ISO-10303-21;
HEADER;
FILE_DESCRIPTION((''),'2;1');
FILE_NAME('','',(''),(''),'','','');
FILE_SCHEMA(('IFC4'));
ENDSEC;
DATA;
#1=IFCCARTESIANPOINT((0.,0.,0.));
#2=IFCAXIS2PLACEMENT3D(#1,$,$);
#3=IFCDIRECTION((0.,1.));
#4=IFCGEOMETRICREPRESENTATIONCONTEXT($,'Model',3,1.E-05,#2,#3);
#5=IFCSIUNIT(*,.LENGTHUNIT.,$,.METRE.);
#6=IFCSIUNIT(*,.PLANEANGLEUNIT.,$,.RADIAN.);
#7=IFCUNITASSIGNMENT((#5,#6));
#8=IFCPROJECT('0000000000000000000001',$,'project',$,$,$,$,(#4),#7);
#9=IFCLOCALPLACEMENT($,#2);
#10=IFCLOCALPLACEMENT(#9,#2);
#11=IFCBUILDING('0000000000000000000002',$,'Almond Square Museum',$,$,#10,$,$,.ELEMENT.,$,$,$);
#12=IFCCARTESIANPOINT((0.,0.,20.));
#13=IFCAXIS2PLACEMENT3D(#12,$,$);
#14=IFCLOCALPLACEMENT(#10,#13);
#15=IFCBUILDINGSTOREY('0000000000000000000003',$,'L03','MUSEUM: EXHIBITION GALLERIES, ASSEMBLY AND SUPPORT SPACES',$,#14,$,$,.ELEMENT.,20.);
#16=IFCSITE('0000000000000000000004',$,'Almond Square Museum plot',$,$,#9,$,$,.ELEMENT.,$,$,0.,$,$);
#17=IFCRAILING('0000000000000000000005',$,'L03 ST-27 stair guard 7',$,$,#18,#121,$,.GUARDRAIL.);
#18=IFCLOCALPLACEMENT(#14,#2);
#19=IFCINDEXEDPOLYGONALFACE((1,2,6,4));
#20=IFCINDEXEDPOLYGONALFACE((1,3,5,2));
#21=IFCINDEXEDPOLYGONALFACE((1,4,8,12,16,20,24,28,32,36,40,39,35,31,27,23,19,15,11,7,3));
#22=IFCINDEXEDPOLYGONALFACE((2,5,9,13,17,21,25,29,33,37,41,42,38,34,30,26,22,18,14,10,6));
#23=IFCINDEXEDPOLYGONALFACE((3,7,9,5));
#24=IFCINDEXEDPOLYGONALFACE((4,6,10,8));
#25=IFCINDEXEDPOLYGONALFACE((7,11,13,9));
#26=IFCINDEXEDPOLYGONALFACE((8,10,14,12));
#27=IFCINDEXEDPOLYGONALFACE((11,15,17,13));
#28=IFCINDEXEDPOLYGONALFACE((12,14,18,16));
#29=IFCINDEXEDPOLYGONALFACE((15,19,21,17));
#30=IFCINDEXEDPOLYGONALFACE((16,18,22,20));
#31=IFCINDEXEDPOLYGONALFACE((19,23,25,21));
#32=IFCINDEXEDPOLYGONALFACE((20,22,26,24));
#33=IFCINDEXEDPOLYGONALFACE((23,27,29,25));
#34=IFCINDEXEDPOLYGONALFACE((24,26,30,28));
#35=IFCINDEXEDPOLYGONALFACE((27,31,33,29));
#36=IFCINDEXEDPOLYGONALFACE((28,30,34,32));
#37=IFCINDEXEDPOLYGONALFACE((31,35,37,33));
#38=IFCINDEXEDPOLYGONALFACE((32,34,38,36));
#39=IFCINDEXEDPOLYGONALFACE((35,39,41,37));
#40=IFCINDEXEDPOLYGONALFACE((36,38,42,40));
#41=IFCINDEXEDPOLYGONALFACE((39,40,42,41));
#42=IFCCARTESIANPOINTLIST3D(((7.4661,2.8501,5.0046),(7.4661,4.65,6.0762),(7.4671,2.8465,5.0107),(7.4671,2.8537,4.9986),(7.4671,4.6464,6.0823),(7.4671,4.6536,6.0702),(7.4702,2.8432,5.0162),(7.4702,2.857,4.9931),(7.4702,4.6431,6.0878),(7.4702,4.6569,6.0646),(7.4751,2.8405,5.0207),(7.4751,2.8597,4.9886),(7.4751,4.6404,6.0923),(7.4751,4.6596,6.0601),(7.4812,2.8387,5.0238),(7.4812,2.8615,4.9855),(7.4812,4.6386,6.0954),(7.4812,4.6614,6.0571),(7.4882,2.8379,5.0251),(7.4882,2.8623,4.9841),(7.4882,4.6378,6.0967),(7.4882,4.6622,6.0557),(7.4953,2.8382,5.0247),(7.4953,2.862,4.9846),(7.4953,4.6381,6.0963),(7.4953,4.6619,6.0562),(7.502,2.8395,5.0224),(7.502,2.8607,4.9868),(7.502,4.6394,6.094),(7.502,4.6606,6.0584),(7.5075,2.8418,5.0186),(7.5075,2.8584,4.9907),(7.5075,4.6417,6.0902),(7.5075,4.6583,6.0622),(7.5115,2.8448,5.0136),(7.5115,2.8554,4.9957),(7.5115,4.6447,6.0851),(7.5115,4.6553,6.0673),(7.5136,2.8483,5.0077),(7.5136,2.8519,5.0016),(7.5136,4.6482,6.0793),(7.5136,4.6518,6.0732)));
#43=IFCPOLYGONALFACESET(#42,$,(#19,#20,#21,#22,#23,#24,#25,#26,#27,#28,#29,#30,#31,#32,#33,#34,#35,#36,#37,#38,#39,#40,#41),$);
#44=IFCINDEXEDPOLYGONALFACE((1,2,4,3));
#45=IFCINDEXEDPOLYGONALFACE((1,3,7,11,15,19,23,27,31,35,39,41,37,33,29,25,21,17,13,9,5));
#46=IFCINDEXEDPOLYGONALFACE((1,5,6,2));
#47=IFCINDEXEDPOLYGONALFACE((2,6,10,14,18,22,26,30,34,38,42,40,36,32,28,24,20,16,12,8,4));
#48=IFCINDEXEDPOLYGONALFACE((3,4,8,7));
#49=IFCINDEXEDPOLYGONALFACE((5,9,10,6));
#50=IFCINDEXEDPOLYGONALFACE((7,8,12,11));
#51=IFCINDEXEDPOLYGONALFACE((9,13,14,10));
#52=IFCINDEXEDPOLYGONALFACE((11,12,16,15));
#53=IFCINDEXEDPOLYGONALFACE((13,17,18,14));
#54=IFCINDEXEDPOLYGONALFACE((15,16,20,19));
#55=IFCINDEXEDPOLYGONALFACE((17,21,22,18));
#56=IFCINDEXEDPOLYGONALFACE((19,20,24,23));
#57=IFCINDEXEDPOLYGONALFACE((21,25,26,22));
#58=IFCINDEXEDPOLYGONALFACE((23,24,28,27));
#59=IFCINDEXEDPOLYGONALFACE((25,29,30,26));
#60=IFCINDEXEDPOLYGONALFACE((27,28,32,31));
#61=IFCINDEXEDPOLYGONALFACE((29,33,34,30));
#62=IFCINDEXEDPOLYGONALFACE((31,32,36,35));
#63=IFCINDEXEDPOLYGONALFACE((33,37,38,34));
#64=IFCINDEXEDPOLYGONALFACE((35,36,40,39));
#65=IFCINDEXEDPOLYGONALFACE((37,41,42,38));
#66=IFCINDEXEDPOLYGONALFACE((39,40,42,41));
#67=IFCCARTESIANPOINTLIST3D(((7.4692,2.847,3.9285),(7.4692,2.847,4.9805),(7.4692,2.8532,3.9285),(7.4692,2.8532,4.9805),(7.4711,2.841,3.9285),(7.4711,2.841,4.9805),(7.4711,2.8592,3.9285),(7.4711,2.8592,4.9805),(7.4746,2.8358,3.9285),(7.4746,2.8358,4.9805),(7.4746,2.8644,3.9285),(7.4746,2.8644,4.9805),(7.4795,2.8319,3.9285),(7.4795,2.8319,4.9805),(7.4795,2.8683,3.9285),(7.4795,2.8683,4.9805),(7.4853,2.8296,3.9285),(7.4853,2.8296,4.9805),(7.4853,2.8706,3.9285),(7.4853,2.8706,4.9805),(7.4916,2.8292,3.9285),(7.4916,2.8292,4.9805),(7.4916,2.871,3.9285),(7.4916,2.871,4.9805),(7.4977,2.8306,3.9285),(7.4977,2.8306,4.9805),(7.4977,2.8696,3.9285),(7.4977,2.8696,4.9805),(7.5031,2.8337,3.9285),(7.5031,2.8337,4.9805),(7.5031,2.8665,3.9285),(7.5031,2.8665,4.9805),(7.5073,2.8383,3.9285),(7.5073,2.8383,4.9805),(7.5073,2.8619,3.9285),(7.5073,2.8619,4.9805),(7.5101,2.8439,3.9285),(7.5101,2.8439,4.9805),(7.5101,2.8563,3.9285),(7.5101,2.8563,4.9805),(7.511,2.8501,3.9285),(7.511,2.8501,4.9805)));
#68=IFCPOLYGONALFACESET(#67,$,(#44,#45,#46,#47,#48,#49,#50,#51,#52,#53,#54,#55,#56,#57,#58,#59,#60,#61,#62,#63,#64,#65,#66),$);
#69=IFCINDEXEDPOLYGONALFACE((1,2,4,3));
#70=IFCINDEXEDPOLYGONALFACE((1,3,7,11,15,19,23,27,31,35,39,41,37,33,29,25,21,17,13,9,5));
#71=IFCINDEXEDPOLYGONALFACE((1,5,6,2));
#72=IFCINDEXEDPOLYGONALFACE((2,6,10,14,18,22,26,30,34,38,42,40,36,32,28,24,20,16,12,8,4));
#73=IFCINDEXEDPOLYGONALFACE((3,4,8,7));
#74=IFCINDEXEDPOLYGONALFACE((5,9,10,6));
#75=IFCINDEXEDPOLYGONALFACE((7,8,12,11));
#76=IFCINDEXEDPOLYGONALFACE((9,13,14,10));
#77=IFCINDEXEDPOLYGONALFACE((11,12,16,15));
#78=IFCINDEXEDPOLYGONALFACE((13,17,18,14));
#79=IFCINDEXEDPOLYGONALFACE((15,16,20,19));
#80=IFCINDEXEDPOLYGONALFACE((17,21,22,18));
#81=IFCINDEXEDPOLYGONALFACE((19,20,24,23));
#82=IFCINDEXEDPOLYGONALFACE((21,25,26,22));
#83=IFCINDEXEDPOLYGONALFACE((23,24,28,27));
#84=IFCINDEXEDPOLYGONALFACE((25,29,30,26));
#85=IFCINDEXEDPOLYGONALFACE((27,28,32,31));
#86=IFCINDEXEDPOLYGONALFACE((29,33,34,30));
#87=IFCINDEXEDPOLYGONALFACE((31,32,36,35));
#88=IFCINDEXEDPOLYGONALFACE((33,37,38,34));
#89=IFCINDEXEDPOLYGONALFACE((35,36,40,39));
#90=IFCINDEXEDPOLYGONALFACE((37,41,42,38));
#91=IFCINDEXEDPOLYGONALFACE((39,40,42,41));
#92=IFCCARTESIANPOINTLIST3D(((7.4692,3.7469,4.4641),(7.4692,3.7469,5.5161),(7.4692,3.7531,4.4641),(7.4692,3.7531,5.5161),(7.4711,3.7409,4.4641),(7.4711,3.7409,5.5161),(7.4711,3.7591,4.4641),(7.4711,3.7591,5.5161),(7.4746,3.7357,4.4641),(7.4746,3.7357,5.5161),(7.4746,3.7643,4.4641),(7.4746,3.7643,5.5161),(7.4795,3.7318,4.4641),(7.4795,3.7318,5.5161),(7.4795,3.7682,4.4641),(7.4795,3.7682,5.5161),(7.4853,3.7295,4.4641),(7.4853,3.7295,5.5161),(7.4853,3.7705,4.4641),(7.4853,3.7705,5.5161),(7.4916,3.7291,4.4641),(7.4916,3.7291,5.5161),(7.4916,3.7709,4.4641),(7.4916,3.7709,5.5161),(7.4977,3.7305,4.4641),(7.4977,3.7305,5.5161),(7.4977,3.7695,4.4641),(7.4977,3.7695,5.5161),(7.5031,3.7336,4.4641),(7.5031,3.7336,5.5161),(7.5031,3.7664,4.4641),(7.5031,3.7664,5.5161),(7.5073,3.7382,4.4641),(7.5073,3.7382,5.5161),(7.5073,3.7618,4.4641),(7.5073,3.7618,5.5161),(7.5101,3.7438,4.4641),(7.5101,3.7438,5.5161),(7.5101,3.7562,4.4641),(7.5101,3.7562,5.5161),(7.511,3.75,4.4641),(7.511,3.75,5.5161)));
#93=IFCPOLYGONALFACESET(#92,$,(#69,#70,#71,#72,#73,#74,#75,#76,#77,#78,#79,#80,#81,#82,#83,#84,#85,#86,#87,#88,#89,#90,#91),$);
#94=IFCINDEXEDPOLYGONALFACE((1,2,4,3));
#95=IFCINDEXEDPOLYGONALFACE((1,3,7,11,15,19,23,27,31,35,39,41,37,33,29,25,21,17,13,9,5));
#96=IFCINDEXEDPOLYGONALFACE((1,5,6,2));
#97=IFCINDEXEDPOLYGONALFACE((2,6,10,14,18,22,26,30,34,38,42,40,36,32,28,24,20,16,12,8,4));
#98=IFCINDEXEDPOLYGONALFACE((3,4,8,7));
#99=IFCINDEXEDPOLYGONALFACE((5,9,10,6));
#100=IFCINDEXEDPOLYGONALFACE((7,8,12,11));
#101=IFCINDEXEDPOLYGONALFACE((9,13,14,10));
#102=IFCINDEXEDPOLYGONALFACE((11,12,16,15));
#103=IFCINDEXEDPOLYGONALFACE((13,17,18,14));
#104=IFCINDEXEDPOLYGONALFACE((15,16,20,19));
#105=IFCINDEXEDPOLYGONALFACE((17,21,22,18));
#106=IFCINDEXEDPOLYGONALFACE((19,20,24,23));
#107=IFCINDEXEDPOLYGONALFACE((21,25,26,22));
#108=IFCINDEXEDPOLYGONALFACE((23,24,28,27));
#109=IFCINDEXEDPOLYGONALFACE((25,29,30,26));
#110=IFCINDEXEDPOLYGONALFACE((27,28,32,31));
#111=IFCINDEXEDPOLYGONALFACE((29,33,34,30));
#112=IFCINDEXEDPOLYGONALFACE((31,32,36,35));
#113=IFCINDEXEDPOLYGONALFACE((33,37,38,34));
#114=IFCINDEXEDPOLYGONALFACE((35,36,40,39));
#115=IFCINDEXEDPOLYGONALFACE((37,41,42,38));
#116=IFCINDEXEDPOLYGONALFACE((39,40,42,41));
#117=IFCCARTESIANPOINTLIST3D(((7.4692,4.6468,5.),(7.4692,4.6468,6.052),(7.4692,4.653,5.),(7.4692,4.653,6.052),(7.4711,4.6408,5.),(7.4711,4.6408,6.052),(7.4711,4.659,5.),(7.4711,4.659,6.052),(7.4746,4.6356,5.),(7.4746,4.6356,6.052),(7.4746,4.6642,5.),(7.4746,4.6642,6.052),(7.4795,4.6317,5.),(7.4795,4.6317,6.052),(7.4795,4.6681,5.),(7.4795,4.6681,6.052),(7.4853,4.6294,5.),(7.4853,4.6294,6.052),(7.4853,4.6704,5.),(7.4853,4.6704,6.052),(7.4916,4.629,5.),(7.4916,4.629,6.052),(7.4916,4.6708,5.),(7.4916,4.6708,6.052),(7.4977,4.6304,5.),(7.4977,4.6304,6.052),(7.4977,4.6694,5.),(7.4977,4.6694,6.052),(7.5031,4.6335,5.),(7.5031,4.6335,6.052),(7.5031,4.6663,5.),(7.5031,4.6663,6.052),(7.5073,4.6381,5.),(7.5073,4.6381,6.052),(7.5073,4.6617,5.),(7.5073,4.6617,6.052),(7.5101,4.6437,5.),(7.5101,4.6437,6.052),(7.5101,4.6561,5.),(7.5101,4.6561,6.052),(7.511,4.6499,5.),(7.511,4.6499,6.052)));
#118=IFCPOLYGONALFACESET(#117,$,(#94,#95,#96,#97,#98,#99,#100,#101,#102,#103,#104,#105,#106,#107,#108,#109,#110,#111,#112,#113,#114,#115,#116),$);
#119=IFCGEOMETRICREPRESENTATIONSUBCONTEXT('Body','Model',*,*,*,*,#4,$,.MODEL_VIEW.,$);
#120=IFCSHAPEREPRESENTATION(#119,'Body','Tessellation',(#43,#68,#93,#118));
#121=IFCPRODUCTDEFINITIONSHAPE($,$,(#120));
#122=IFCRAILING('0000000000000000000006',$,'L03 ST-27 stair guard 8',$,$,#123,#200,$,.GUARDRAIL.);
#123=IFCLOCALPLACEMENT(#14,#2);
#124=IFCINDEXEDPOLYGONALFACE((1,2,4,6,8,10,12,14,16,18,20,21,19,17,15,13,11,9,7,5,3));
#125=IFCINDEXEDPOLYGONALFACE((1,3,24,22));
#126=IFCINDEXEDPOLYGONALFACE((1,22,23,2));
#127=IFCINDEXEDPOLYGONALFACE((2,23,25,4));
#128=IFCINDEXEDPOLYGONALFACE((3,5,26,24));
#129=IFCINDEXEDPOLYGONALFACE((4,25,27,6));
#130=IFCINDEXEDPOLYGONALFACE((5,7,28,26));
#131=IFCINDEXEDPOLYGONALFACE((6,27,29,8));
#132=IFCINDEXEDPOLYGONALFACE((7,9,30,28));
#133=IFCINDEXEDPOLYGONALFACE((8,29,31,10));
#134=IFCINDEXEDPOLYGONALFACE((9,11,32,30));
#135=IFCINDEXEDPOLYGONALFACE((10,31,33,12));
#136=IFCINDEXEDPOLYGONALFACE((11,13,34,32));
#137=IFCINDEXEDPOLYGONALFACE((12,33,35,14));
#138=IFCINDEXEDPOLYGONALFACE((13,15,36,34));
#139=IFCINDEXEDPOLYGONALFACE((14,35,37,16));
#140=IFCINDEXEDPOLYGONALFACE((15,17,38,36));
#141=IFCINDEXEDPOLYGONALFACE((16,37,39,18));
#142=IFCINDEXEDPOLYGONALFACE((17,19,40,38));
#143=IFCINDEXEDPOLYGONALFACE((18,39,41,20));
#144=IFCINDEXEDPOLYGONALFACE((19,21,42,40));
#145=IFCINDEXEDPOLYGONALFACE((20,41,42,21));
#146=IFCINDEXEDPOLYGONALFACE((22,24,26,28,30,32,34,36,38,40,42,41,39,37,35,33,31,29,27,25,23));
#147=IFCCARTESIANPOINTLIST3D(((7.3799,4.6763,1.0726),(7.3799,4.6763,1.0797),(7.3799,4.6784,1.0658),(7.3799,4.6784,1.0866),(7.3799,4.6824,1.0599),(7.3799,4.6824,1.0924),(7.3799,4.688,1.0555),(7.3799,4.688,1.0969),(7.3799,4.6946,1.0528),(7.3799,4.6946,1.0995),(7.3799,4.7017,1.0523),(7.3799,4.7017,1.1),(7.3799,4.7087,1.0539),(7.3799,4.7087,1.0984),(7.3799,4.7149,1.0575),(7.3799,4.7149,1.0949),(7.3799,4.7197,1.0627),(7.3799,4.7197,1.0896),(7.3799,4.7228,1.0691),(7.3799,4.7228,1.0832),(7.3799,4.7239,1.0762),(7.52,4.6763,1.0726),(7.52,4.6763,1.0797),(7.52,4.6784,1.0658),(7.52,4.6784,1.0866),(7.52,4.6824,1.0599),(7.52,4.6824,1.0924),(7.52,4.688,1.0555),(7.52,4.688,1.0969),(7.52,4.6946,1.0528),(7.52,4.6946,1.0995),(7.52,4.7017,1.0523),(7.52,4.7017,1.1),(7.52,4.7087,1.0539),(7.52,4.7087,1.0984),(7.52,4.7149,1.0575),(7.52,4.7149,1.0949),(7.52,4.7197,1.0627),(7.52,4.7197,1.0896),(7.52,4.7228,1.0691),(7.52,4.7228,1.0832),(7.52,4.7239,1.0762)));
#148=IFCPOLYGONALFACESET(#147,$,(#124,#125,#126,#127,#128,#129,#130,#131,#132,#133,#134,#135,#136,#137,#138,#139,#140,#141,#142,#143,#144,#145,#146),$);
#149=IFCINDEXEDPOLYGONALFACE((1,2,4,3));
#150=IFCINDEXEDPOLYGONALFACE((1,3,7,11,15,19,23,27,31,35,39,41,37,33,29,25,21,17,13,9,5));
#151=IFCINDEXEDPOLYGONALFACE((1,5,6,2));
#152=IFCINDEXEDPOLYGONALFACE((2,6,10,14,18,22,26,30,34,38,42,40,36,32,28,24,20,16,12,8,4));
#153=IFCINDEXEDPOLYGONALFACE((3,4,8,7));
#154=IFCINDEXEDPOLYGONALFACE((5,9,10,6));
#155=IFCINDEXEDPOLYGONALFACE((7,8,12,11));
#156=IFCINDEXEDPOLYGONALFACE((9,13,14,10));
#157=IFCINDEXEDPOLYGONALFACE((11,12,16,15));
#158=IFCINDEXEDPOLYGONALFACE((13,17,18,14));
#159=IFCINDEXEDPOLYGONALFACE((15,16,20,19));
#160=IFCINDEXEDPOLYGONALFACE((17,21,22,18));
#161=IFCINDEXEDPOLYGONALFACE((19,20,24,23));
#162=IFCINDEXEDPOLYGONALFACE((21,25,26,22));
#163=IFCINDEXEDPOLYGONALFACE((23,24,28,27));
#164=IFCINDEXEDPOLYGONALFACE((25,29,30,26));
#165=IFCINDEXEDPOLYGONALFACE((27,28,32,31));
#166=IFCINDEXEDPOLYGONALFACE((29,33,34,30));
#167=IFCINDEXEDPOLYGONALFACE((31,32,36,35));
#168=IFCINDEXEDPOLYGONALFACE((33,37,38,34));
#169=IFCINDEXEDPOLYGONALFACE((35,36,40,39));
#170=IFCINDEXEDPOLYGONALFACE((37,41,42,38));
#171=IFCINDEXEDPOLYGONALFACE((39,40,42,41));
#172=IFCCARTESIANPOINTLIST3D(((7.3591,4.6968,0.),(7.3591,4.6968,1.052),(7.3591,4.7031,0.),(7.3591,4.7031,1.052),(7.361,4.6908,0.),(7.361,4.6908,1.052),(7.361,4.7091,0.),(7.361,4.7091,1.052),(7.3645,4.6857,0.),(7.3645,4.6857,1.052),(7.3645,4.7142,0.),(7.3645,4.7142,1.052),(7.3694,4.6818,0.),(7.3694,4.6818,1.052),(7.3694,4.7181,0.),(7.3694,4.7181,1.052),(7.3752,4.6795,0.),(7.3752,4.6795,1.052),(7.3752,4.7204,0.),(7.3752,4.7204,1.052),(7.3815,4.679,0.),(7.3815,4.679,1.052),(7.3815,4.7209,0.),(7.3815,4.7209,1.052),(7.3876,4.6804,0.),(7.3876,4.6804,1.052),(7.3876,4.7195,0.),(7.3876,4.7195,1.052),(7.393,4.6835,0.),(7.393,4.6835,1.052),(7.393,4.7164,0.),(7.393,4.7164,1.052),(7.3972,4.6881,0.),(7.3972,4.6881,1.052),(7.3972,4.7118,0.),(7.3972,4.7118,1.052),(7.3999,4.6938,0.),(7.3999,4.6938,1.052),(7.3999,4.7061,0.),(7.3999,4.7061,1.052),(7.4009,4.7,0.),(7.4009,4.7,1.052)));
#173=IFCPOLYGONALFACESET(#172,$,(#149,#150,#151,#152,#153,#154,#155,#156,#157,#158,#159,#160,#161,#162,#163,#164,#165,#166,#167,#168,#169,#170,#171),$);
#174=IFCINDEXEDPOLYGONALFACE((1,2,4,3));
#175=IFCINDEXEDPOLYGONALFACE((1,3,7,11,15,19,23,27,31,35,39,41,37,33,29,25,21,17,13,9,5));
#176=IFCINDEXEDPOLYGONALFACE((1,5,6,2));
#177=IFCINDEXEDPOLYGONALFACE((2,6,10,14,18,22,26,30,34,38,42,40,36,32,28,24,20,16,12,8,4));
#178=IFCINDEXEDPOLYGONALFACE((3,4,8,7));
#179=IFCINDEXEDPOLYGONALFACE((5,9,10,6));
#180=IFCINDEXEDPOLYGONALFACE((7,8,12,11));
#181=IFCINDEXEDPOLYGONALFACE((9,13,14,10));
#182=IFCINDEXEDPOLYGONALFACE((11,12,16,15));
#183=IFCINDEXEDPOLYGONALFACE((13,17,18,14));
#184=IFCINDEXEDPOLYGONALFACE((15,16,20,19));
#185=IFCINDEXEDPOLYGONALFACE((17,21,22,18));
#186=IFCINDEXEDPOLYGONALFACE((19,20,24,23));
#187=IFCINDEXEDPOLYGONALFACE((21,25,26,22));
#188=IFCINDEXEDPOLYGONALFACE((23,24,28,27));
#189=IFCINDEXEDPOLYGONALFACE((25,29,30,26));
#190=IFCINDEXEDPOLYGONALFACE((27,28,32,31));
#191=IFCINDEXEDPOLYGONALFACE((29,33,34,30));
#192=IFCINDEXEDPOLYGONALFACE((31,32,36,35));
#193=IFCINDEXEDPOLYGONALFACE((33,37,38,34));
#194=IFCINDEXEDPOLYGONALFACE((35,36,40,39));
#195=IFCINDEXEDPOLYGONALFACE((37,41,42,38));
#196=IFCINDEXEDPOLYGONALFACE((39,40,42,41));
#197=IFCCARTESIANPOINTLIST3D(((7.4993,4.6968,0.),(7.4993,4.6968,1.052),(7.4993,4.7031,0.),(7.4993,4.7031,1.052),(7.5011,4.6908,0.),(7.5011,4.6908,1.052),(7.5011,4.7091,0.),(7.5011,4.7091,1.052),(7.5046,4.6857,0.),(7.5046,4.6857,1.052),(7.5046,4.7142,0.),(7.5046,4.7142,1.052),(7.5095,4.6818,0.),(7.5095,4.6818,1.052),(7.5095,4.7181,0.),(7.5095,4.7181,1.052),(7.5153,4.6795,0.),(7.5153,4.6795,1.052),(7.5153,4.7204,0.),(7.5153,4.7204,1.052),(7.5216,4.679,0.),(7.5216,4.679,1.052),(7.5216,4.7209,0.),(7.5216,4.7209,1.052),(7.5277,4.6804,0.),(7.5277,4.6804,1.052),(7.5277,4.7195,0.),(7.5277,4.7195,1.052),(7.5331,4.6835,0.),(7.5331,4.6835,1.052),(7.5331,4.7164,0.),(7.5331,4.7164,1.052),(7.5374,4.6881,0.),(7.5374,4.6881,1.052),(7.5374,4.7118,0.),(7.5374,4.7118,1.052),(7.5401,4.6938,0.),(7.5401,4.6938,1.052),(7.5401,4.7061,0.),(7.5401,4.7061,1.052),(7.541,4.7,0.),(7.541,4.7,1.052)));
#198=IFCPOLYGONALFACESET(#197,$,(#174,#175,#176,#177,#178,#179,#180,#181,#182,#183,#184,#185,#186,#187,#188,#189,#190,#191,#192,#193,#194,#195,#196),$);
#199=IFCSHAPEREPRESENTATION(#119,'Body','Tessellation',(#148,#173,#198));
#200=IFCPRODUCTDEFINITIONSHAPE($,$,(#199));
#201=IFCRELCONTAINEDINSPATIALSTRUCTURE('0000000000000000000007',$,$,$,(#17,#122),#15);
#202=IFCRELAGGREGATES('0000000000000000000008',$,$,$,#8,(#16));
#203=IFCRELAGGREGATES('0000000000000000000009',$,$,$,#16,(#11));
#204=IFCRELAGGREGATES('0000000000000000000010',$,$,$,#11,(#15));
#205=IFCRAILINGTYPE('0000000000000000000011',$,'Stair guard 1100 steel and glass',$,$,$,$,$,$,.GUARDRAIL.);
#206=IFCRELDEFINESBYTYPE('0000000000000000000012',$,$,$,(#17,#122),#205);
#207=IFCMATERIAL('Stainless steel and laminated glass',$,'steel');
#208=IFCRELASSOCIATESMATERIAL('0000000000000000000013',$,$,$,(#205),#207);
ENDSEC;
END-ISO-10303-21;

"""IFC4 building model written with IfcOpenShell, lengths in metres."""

from ifc_helpers import new_model, si_unit, direction, frame, origin, origin_2d, place, context, subcontext, project, spatial, circle, extrude, material, type_object, element, save


model = new_model("IFC4")

# Units and contexts
model_context = context("Model", 3, precision=1e-05, world=origin(), true_north=direction((0.0, 1.0)))
body_context = subcontext(model_context, "Body", "Model", "MODEL_VIEW")
ifc_project = project(units=[si_unit("LENGTHUNIT", "METRE"), si_unit("PLANEANGLEUNIT", "RADIAN")], contexts=[model_context])

# Site, building, storey
site_placement = place(None, origin())
site = spatial("IfcSite", under=ifc_project, at=site_placement, Name="Almond Square Museum plot", CompositionType="ELEMENT", RefElevation=0.0)
building_placement = place(site_placement, origin())
building = spatial("IfcBuilding", under=site, at=building_placement, Name="Almond Square Museum", CompositionType="ELEMENT")
storey_placement = place(building_placement, frame((0.0, 0.0, 20.0)))
storey = spatial("IfcBuildingStorey", under=building, at=storey_placement, Name="L03", Description="MUSEUM: EXHIBITION GALLERIES, ASSEMBLY AND SUPPORT SPACES", CompositionType="ELEMENT", Elevation=20.0)

# Railings
ifc_material_1 = material(Name="Stainless steel and laminated glass", Category="steel")
railing_type_1 = type_object("IfcRailingType", Name="Stair guard 1100 steel and glass", PredefinedType="GUARDRAIL", material=ifc_material_1)
railing_1_placement = place(storey_placement, frame((7.49, 2.8501, 3.9285)))
element("IfcRailing", 1, at=railing_1_placement, inside=storey, type_object=railing_type_1, Name="L03 ST-27 stair guard 7", PredefinedType="GUARDRAIL", context=body_context, shape_type="SweptSolid", body=[
    extrude(circle(Radius=0.0239, at=origin_2d()), frame((0.0, 0.0, 1.0762), z_axis=(0.0, 0.859247, 0.511562), x_axis=(-1.0, 0.0, 0.0)), (0.0, 0.0, 1.0), 2.0947),
    extrude(circle(Radius=0.021, at=origin_2d()), origin(), (0.0, 0.0, 1.0), 1.052),
    extrude(circle(Radius=0.021, at=origin_2d()), frame((0.0, 0.8999, 0.5356)), (0.0, 0.0, 1.0), 1.052),
    extrude(circle(Radius=0.021, at=origin_2d()), frame((0.0, 1.7998, 1.0715)), (0.0, 0.0, 1.0), 1.052),
])
railing_2_placement = place(storey_placement, frame((7.3799, 4.7, 0.0)))
element("IfcRailing", 2, at=railing_2_placement, inside=storey, type_object=railing_type_1, Name="L03 ST-27 stair guard 8", PredefinedType="GUARDRAIL", context=body_context, shape_type="SweptSolid", body=[
    extrude(circle(Radius=0.0239, at=origin_2d()), frame((0.0, 0.0, 1.0762), z_axis=(1.0, 0.0, 0.0), x_axis=(0.0, 1.0, 0.0)), (0.0, 0.0, 1.0), 0.1401),
    extrude(circle(Radius=0.021, at=origin_2d()), origin(), (0.0, 0.0, 1.0), 1.052),
    extrude(circle(Radius=0.021, at=origin_2d()), frame((0.1401, 0.0, 0.0)), (0.0, 0.0, 1.0), 1.052),
])

save(model, "model.ifc")
